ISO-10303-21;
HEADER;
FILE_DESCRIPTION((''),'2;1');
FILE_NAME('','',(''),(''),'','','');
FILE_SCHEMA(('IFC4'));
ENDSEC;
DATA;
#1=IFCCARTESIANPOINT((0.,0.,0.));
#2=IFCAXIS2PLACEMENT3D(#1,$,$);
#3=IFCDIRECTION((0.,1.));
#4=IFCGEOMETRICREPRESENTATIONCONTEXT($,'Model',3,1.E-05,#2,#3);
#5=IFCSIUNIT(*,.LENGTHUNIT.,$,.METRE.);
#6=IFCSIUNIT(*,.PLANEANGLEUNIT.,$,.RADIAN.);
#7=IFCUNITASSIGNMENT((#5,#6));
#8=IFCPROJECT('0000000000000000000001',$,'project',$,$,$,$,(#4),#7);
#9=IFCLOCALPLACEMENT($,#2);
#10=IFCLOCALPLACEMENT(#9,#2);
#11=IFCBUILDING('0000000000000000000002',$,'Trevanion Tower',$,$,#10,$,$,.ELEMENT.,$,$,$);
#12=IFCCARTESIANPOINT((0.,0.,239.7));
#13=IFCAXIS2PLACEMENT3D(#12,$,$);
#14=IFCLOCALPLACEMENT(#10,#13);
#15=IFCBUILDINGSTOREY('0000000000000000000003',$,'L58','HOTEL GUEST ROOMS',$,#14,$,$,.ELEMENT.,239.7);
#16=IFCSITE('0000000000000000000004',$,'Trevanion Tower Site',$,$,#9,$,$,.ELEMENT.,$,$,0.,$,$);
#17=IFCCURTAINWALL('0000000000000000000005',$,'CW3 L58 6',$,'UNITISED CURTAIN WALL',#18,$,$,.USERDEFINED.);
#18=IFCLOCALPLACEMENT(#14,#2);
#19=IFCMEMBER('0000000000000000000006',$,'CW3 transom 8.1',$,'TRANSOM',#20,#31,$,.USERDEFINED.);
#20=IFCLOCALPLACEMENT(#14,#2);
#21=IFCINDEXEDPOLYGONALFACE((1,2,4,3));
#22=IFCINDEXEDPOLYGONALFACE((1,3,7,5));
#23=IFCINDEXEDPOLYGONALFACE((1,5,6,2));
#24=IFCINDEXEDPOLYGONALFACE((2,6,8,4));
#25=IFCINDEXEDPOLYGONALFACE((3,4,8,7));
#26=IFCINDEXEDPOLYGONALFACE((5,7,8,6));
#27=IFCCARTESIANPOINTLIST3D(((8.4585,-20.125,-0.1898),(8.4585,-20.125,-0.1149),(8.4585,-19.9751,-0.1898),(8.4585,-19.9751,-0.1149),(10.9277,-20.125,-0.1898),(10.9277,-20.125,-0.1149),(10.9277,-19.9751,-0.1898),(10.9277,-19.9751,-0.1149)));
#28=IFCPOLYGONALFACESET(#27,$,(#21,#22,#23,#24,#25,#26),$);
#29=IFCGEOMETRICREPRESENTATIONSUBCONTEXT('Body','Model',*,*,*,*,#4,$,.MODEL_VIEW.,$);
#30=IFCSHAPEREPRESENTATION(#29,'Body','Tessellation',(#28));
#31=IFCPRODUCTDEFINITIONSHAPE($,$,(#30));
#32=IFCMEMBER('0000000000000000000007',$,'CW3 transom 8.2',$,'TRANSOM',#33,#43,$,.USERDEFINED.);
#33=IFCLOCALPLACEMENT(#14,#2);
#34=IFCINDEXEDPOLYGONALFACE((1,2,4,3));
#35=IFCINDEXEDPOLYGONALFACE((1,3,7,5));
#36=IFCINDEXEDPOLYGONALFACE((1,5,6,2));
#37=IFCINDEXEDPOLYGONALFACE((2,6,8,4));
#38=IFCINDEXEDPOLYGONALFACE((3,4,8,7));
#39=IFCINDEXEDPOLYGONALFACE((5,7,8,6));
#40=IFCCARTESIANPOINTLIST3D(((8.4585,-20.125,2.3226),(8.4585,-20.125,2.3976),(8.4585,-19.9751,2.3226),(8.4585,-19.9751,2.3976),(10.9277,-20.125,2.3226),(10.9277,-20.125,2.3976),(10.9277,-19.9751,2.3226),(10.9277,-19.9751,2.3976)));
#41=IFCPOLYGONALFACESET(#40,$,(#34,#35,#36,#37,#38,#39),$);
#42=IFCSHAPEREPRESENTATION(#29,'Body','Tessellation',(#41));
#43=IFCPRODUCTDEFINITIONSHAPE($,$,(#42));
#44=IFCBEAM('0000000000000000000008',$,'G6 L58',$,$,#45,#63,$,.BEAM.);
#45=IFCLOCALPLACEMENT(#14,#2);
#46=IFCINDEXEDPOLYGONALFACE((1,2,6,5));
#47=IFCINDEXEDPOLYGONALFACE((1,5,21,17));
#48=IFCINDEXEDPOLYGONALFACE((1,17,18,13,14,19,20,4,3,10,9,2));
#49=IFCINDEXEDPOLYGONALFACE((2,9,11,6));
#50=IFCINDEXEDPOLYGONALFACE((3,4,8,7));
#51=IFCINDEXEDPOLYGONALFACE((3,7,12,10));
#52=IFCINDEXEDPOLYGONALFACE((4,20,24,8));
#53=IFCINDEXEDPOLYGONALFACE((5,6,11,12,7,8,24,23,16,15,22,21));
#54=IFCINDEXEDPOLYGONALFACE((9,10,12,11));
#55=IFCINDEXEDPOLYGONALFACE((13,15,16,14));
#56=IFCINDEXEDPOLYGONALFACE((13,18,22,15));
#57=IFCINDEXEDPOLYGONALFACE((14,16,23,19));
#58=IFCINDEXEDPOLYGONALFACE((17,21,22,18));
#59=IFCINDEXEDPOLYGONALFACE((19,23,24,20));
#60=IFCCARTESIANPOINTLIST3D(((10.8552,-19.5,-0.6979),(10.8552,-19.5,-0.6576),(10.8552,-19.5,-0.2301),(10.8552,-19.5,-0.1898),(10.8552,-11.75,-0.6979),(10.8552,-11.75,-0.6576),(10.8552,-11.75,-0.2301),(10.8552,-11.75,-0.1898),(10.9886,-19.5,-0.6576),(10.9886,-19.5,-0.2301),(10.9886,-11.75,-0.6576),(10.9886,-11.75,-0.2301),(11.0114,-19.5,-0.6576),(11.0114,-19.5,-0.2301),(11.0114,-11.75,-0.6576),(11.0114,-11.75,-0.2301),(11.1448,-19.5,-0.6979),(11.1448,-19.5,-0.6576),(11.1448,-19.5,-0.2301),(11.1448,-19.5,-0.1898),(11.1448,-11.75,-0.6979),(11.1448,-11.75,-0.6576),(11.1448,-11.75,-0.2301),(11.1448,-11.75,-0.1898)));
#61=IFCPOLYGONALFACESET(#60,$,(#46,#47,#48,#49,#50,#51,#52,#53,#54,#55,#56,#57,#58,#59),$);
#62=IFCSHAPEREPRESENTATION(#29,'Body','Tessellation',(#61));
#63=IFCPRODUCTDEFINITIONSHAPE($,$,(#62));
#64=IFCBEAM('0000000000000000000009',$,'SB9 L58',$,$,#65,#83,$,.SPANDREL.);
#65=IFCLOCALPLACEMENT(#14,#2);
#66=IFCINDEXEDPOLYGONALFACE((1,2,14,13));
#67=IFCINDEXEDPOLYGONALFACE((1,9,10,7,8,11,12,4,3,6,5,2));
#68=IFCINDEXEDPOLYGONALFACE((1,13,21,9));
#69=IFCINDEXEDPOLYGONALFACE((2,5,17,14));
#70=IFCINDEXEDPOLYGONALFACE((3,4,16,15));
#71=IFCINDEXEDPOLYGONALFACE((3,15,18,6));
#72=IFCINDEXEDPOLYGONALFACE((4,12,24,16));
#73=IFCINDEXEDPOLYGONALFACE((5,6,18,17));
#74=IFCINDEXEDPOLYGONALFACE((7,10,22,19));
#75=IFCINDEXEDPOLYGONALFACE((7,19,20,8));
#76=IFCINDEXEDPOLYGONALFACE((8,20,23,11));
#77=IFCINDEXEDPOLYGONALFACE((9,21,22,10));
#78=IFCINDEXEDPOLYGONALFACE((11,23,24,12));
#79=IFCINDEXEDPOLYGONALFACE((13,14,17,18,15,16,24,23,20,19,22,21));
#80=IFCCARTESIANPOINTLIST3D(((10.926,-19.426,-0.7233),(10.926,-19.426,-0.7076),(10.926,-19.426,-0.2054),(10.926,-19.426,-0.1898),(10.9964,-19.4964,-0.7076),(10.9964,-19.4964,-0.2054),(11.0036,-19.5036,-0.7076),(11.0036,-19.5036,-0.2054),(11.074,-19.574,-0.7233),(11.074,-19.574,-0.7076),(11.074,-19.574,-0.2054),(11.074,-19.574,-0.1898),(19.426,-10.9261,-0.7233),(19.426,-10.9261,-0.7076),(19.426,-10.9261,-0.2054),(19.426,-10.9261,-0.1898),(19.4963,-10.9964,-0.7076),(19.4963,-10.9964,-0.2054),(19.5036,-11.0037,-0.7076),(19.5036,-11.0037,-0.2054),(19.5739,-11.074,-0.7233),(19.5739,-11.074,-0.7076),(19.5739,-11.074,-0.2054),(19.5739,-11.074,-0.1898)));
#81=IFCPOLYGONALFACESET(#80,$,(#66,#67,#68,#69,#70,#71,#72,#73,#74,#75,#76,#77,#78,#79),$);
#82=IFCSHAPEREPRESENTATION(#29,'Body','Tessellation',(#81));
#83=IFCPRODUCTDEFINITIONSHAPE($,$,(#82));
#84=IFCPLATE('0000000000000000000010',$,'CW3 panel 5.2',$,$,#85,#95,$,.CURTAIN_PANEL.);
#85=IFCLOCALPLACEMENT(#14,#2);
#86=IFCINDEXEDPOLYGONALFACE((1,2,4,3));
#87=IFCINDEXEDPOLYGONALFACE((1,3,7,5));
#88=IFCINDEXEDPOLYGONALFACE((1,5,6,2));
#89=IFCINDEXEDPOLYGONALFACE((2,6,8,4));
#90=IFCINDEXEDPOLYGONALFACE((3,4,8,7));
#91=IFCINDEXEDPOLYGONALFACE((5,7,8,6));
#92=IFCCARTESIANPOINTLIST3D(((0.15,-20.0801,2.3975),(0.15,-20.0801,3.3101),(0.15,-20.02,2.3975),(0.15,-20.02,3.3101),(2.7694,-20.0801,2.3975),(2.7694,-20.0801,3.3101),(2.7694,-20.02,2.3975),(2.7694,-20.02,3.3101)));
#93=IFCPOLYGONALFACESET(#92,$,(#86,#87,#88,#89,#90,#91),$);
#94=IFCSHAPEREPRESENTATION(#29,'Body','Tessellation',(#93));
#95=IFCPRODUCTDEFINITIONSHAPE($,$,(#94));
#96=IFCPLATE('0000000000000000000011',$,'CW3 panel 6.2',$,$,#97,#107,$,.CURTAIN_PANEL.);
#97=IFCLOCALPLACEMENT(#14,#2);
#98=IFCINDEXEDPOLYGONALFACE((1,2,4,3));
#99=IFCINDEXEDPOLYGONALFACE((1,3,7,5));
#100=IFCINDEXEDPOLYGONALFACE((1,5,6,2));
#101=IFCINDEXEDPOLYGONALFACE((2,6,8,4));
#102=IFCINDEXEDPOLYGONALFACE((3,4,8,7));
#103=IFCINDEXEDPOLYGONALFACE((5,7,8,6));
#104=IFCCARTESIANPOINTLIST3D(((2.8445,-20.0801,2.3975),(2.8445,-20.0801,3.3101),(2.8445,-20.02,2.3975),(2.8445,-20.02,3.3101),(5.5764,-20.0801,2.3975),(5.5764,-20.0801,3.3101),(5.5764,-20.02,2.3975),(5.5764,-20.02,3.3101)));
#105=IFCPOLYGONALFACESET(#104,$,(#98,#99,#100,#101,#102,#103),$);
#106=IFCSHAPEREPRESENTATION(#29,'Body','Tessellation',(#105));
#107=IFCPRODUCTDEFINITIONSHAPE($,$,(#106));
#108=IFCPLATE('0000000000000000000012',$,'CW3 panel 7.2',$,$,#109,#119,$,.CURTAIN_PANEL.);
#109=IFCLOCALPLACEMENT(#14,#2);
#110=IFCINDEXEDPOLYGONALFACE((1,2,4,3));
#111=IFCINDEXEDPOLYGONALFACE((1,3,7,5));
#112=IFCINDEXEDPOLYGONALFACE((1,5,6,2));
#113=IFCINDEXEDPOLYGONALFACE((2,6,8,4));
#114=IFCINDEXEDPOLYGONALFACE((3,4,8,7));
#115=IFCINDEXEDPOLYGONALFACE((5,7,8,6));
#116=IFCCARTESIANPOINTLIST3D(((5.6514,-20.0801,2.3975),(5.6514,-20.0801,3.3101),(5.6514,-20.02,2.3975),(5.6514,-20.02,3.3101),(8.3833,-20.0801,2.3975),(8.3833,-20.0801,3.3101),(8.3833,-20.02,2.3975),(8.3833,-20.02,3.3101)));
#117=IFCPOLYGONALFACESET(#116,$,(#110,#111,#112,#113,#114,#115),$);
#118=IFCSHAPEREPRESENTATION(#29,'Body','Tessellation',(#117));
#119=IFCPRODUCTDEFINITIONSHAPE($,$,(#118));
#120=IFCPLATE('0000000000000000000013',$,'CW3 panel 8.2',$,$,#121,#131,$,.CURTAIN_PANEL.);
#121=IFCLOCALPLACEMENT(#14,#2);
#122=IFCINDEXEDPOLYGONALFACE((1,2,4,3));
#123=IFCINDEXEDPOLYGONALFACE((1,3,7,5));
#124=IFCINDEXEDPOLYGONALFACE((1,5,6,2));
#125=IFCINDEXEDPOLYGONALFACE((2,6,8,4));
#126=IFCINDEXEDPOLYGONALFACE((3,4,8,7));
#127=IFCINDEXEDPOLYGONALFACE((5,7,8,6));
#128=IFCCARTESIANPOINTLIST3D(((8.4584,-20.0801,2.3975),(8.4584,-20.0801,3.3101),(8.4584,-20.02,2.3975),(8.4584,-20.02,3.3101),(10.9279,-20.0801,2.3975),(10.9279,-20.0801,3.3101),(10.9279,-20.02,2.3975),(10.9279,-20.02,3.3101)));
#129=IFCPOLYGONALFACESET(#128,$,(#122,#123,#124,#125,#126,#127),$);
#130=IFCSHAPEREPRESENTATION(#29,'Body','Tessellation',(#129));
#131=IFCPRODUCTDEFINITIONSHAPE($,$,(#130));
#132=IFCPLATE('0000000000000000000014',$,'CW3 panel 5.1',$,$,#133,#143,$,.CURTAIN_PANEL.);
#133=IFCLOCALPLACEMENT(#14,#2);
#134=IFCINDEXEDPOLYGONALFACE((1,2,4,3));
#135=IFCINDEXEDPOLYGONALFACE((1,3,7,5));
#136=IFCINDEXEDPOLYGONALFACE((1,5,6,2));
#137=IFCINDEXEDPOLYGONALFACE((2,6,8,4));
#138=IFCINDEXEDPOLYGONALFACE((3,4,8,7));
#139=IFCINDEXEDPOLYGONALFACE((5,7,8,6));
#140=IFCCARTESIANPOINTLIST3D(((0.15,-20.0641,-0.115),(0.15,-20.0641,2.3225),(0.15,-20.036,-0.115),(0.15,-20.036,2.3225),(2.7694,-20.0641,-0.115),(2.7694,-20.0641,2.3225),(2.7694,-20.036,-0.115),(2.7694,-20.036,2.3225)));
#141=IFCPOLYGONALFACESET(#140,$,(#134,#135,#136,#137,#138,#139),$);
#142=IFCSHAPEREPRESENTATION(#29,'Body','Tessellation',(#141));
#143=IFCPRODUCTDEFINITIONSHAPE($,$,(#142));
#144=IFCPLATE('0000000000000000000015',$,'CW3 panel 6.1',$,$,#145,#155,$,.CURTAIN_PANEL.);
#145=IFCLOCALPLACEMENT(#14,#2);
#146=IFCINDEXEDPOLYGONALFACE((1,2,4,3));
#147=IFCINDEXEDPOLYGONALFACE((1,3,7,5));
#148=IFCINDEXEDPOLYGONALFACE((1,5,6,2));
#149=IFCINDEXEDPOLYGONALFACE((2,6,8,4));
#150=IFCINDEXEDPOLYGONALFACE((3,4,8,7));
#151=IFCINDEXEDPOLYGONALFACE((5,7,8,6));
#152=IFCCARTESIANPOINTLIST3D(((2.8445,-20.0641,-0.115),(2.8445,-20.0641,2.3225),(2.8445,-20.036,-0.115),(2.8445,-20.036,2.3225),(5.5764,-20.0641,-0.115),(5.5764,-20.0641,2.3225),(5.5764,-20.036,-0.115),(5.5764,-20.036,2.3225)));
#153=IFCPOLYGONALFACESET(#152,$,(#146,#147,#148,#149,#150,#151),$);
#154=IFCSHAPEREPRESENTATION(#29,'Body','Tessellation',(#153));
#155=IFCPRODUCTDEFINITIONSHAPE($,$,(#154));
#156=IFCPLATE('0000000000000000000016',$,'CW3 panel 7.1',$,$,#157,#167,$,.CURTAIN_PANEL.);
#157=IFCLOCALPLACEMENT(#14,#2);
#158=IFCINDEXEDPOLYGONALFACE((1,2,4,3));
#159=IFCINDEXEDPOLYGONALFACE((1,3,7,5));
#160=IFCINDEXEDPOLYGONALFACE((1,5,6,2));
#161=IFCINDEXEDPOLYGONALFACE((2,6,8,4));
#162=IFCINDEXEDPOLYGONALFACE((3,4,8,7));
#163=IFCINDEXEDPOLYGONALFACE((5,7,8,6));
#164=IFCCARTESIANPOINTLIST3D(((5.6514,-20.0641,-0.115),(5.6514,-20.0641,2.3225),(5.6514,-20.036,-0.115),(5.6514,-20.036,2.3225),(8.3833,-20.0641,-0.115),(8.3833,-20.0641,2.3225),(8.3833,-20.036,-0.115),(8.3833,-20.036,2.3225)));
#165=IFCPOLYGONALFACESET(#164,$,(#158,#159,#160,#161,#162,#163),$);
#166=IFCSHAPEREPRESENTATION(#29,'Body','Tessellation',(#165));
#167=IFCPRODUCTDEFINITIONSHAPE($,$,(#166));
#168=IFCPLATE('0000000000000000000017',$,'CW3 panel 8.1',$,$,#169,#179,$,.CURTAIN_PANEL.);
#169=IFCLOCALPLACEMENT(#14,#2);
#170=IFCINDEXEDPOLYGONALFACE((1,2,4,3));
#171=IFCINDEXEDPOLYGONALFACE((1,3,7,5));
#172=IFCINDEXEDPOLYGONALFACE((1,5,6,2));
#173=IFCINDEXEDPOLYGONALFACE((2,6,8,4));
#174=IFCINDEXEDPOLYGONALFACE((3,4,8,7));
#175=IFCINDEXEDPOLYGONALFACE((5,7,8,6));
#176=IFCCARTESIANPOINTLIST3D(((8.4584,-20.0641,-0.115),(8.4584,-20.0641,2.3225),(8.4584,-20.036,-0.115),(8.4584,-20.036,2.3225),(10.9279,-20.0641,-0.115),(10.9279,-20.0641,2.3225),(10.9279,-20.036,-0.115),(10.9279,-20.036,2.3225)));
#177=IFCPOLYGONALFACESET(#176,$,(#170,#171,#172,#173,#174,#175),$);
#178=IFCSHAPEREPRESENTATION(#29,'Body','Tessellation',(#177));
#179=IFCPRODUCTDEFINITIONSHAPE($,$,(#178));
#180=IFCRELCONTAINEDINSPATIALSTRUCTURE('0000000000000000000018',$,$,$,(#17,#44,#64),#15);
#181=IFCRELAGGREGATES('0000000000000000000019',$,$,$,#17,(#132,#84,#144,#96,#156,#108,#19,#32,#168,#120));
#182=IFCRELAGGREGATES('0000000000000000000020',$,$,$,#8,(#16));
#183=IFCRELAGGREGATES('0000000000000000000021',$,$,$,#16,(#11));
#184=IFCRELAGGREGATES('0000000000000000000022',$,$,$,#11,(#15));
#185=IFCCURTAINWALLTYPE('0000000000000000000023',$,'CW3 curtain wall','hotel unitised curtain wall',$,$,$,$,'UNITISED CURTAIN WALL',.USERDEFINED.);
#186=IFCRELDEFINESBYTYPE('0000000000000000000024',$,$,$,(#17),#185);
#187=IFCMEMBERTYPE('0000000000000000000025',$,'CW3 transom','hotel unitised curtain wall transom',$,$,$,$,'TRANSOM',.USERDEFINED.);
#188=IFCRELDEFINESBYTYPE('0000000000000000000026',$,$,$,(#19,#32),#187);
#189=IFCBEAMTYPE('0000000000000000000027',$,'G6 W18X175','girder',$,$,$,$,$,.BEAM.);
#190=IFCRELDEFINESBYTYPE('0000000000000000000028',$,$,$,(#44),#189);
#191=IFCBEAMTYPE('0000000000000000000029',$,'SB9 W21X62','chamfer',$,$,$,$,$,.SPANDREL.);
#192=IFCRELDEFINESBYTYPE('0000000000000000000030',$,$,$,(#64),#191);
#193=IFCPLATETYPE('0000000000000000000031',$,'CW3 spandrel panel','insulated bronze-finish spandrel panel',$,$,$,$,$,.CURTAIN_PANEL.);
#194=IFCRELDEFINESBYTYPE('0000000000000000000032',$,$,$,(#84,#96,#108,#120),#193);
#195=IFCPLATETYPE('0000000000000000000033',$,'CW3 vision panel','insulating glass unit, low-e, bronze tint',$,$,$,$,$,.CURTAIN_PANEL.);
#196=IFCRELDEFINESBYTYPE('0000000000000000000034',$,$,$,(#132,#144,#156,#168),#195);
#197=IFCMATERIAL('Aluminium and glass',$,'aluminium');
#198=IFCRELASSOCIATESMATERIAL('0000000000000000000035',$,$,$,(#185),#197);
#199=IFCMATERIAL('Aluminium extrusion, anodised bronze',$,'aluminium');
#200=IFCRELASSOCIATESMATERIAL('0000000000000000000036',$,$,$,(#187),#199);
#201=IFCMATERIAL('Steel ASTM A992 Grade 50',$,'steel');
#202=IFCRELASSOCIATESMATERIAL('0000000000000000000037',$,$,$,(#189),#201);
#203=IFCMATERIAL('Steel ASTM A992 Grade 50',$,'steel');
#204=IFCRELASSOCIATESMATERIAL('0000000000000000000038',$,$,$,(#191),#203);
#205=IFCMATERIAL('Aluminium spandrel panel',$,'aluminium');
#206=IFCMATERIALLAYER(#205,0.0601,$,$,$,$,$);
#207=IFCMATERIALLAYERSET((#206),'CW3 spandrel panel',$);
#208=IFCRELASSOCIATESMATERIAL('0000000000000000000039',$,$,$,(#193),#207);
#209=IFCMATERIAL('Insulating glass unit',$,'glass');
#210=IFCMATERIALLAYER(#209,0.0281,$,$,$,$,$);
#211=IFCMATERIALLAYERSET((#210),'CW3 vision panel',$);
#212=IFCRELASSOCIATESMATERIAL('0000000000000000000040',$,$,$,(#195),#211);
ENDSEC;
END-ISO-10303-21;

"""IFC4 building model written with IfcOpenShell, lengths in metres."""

from ifc_helpers import new_model, si_unit, direction, frame, origin, origin_2d, place, context, subcontext, project, spatial, rectangle, i_section, extrude, material, layer, layer_set, material_profile, profile_set, type_object, element, aggregate, save


model = new_model("IFC4")

# Units and contexts
model_context = context("Model", 3, precision=1e-05, world=origin(), true_north=direction((0.0, 1.0)))
body_context = subcontext(model_context, "Body", "Model", "MODEL_VIEW")
ifc_project = project(units=[si_unit("LENGTHUNIT", "METRE"), si_unit("PLANEANGLEUNIT", "RADIAN")], contexts=[model_context])

# Site, building, storey
site_placement = place(None, origin())
site = spatial("IfcSite", under=ifc_project, at=site_placement, Name="Trevanion Tower Site", CompositionType="ELEMENT", RefElevation=0.0)
building_placement = place(site_placement, origin())
building = spatial("IfcBuilding", under=site, at=building_placement, Name="Trevanion Tower", CompositionType="ELEMENT")
storey_placement = place(building_placement, frame((0.0, 0.0, 239.7)))
storey = spatial("IfcBuildingStorey", under=building, at=storey_placement, Name="L58", Description="HOTEL GUEST ROOMS", CompositionType="ELEMENT", Elevation=239.7)

# Curtain wall, members
ifc_material_1 = material(Name="Aluminium and glass", Category="aluminium")
curtain_wall_type = type_object("IfcCurtainWallType", Name="CW3 curtain wall", Description="hotel unitised curtain wall", ElementType="UNITISED CURTAIN WALL", PredefinedType="USERDEFINED", material=ifc_material_1)
curtain_wall_placement = place(storey_placement, origin())
curtain_wall = element("IfcCurtainWall", 1, at=curtain_wall_placement, inside=storey, type_object=curtain_wall_type, Name="CW3 L58 6", ObjectType="UNITISED CURTAIN WALL", PredefinedType="USERDEFINED")
ifc_material_2 = material(Name="Aluminium extrusion, anodised bronze", Category="aluminium")
ifc_material_profile_1 = material_profile(ifc_material_2, rectangle(XDim=0.1499, YDim=0.075, at=origin_2d()), Name="CW3 transom")
ifc_profile_set_1 = profile_set([ifc_material_profile_1], Name="Aluminium extrusion, anodised bronze")
member_type_1 = type_object("IfcMemberType", Name="CW3 transom", Description="hotel unitised curtain wall transom", ElementType="TRANSOM", PredefinedType="USERDEFINED", material=ifc_profile_set_1)
member_1_placement = place(storey_placement, frame((8.4585, -20.05, -0.1523), z_axis=(1.0, 0.0, 0.0), x_axis=(0.0, 1.0, 0.0)))
member_1 = element("IfcMember", 2, at=member_1_placement, type_object=member_type_1, Name="CW3 transom 8.1", ObjectType="TRANSOM", PredefinedType="USERDEFINED", context=body_context, shape_type="SweptSolid", body=[
    extrude(rectangle(XDim=0.1499, YDim=0.075, at=origin_2d()), origin(), (0.0, 0.0, 1.0), 2.4692),
])
member_2_placement = place(storey_placement, frame((8.4585, -20.05, 2.3601), z_axis=(1.0, 0.0, 0.0), x_axis=(0.0, 1.0, 0.0)))
member_2 = element("IfcMember", 3, at=member_2_placement, type_object=member_type_1, Name="CW3 transom 8.2", ObjectType="TRANSOM", PredefinedType="USERDEFINED", context=body_context, shape_type="SweptSolid", body=[
    extrude(rectangle(XDim=0.1499, YDim=0.075, at=origin_2d()), origin(), (0.0, 0.0, 1.0), 2.4692),
])

# Beams
ifc_material_3 = material(Name="Steel ASTM A992 Grade 50", Category="steel")
ifc_material_profile_2 = material_profile(ifc_material_3, i_section(OverallWidth=0.2896, OverallDepth=0.5081, WebThickness=0.0227, FlangeThickness=0.0403, at=origin_2d()), Name="W18X175")
ifc_profile_set_2 = profile_set([ifc_material_profile_2], Name="Steel ASTM A992 Grade 50")
beam_type_1 = type_object("IfcBeamType", Name="G6 W18X175", Description="girder", PredefinedType="BEAM", material=ifc_profile_set_2)
beam_1_placement = place(storey_placement, frame((11.0, -11.75, -0.4438), z_axis=(0.0, -1.0, 0.0), x_axis=(1.0, 0.0, 0.0)))
element("IfcBeam", 4, at=beam_1_placement, inside=storey, type_object=beam_type_1, Name="G6 L58", PredefinedType="BEAM", context=body_context, shape_type="SweptSolid", body=[
    extrude(i_section(OverallWidth=0.2896, OverallDepth=0.5081, WebThickness=0.0227, FlangeThickness=0.0403, at=origin_2d()), origin(), (0.0, 0.0, 1.0), 7.75),
])
ifc_material_4 = material(Name="Steel ASTM A992 Grade 50", Category="steel")
ifc_material_profile_3 = material_profile(ifc_material_4, i_section(OverallWidth=0.2092, OverallDepth=0.5334, WebThickness=0.0103, FlangeThickness=0.0156, at=origin_2d()), Name="W21X62")
ifc_profile_set_3 = profile_set([ifc_material_profile_3], Name="Steel ASTM A992 Grade 50")
beam_type_2 = type_object("IfcBeamType", Name="SB9 W21X62", Description="chamfer", PredefinedType="SPANDREL", material=ifc_profile_set_3)
beam_2_placement = place(storey_placement, frame((11.0, -19.5, -0.4565), z_axis=(0.707107, 0.707107, 0.0), x_axis=(-0.707107, 0.707107, 0.0)))
element("IfcBeam", 5, at=beam_2_placement, inside=storey, type_object=beam_type_2, Name="SB9 L58", PredefinedType="SPANDREL", context=body_context, shape_type="SweptSolid", body=[
    extrude(i_section(OverallWidth=0.2092, OverallDepth=0.5334, WebThickness=0.0103, FlangeThickness=0.0156, at=origin_2d()), origin(), (0.0, 0.0, 1.0), 12.0208),
])

# Plates
ifc_material_5 = material(Name="Aluminium spandrel panel", Category="aluminium")
ifc_layer_1 = layer(ifc_material_5, 0.0601)
ifc_layer_set_1 = layer_set([ifc_layer_1], Name="CW3 spandrel panel")
plate_type_1 = type_object("IfcPlateType", Name="CW3 spandrel panel", Description="insulated bronze-finish spandrel panel", PredefinedType="CURTAIN_PANEL", material=ifc_layer_set_1)
plate_1_placement = place(storey_placement, frame((1.4597, -20.05, 2.3975), z_axis=(0.0, 0.0, 1.0), x_axis=(1.0, 0.0, 0.0)))
plate_1 = element("IfcPlate", 6, at=plate_1_placement, type_object=plate_type_1, Name="CW3 panel 5.2", PredefinedType="CURTAIN_PANEL", context=body_context, shape_type="SweptSolid", body=[
    extrude(rectangle(XDim=2.6194, YDim=0.0601, at=origin_2d()), origin(), (0.0, 0.0, 1.0), 0.9126),
])
plate_2_placement = place(storey_placement, frame((4.2104, -20.05, 2.3975), z_axis=(0.0, 0.0, 1.0), x_axis=(1.0, 0.0, 0.0)))
plate_2 = element("IfcPlate", 7, at=plate_2_placement, type_object=plate_type_1, Name="CW3 panel 6.2", PredefinedType="CURTAIN_PANEL", context=body_context, shape_type="SweptSolid", body=[
    extrude(rectangle(XDim=2.7319, YDim=0.0601, at=origin_2d()), origin(), (0.0, 0.0, 1.0), 0.9126),
])
plate_3_placement = place(storey_placement, frame((7.0173, -20.05, 2.3975), z_axis=(0.0, 0.0, 1.0), x_axis=(1.0, 0.0, 0.0)))
plate_3 = element("IfcPlate", 8, at=plate_3_placement, type_object=plate_type_1, Name="CW3 panel 7.2", PredefinedType="CURTAIN_PANEL", context=body_context, shape_type="SweptSolid", body=[
    extrude(rectangle(XDim=2.7319, YDim=0.0601, at=origin_2d()), origin(), (0.0, 0.0, 1.0), 0.9126),
])
plate_4_placement = place(storey_placement, frame((9.6931, -20.05, 2.3975), z_axis=(0.0, 0.0, 1.0), x_axis=(1.0, 0.0, 0.0)))
plate_4 = element("IfcPlate", 9, at=plate_4_placement, type_object=plate_type_1, Name="CW3 panel 8.2", PredefinedType="CURTAIN_PANEL", context=body_context, shape_type="SweptSolid", body=[
    extrude(rectangle(XDim=2.4695, YDim=0.0601, at=origin_2d()), origin(), (0.0, 0.0, 1.0), 0.9126),
])
ifc_material_6 = material(Name="Insulating glass unit", Category="glass")
ifc_layer_2 = layer(ifc_material_6, 0.0281)
ifc_layer_set_2 = layer_set([ifc_layer_2], Name="CW3 vision panel")
plate_type_2 = type_object("IfcPlateType", Name="CW3 vision panel", Description="insulating glass unit, low-e, bronze tint", PredefinedType="CURTAIN_PANEL", material=ifc_layer_set_2)
plate_5_placement = place(storey_placement, frame((1.4597, -20.05, -0.115), z_axis=(0.0, 0.0, 1.0), x_axis=(1.0, 0.0, 0.0)))
plate_5 = element("IfcPlate", 10, at=plate_5_placement, type_object=plate_type_2, Name="CW3 panel 5.1", PredefinedType="CURTAIN_PANEL", context=body_context, shape_type="SweptSolid", body=[
    extrude(rectangle(XDim=2.6194, YDim=0.0281, at=origin_2d()), origin(), (0.0, 0.0, 1.0), 2.4375),
])
plate_6_placement = place(storey_placement, frame((4.2104, -20.05, -0.115), z_axis=(0.0, 0.0, 1.0), x_axis=(1.0, 0.0, 0.0)))
plate_6 = element("IfcPlate", 11, at=plate_6_placement, type_object=plate_type_2, Name="CW3 panel 6.1", PredefinedType="CURTAIN_PANEL", context=body_context, shape_type="SweptSolid", body=[
    extrude(rectangle(XDim=2.7319, YDim=0.0281, at=origin_2d()), origin(), (0.0, 0.0, 1.0), 2.4375),
])
plate_7_placement = place(storey_placement, frame((7.0173, -20.05, -0.115), z_axis=(0.0, 0.0, 1.0), x_axis=(1.0, 0.0, 0.0)))
plate_7 = element("IfcPlate", 12, at=plate_7_placement, type_object=plate_type_2, Name="CW3 panel 7.1", PredefinedType="CURTAIN_PANEL", context=body_context, shape_type="SweptSolid", body=[
    extrude(rectangle(XDim=2.7319, YDim=0.0281, at=origin_2d()), origin(), (0.0, 0.0, 1.0), 2.4375),
])
plate_8_placement = place(storey_placement, frame((9.6931, -20.05, -0.115), z_axis=(0.0, 0.0, 1.0), x_axis=(1.0, 0.0, 0.0)))
plate_8 = element("IfcPlate", 13, at=plate_8_placement, type_object=plate_type_2, Name="CW3 panel 8.1", PredefinedType="CURTAIN_PANEL", context=body_context, shape_type="SweptSolid", body=[
    extrude(rectangle(XDim=2.4695, YDim=0.0281, at=origin_2d()), origin(), (0.0, 0.0, 1.0), 2.4375),
])
aggregate(curtain_wall, [plate_5, plate_1, plate_6, plate_2, plate_7, plate_3, member_1, member_2, plate_8, plate_4])

save(model, "model.ifc")
